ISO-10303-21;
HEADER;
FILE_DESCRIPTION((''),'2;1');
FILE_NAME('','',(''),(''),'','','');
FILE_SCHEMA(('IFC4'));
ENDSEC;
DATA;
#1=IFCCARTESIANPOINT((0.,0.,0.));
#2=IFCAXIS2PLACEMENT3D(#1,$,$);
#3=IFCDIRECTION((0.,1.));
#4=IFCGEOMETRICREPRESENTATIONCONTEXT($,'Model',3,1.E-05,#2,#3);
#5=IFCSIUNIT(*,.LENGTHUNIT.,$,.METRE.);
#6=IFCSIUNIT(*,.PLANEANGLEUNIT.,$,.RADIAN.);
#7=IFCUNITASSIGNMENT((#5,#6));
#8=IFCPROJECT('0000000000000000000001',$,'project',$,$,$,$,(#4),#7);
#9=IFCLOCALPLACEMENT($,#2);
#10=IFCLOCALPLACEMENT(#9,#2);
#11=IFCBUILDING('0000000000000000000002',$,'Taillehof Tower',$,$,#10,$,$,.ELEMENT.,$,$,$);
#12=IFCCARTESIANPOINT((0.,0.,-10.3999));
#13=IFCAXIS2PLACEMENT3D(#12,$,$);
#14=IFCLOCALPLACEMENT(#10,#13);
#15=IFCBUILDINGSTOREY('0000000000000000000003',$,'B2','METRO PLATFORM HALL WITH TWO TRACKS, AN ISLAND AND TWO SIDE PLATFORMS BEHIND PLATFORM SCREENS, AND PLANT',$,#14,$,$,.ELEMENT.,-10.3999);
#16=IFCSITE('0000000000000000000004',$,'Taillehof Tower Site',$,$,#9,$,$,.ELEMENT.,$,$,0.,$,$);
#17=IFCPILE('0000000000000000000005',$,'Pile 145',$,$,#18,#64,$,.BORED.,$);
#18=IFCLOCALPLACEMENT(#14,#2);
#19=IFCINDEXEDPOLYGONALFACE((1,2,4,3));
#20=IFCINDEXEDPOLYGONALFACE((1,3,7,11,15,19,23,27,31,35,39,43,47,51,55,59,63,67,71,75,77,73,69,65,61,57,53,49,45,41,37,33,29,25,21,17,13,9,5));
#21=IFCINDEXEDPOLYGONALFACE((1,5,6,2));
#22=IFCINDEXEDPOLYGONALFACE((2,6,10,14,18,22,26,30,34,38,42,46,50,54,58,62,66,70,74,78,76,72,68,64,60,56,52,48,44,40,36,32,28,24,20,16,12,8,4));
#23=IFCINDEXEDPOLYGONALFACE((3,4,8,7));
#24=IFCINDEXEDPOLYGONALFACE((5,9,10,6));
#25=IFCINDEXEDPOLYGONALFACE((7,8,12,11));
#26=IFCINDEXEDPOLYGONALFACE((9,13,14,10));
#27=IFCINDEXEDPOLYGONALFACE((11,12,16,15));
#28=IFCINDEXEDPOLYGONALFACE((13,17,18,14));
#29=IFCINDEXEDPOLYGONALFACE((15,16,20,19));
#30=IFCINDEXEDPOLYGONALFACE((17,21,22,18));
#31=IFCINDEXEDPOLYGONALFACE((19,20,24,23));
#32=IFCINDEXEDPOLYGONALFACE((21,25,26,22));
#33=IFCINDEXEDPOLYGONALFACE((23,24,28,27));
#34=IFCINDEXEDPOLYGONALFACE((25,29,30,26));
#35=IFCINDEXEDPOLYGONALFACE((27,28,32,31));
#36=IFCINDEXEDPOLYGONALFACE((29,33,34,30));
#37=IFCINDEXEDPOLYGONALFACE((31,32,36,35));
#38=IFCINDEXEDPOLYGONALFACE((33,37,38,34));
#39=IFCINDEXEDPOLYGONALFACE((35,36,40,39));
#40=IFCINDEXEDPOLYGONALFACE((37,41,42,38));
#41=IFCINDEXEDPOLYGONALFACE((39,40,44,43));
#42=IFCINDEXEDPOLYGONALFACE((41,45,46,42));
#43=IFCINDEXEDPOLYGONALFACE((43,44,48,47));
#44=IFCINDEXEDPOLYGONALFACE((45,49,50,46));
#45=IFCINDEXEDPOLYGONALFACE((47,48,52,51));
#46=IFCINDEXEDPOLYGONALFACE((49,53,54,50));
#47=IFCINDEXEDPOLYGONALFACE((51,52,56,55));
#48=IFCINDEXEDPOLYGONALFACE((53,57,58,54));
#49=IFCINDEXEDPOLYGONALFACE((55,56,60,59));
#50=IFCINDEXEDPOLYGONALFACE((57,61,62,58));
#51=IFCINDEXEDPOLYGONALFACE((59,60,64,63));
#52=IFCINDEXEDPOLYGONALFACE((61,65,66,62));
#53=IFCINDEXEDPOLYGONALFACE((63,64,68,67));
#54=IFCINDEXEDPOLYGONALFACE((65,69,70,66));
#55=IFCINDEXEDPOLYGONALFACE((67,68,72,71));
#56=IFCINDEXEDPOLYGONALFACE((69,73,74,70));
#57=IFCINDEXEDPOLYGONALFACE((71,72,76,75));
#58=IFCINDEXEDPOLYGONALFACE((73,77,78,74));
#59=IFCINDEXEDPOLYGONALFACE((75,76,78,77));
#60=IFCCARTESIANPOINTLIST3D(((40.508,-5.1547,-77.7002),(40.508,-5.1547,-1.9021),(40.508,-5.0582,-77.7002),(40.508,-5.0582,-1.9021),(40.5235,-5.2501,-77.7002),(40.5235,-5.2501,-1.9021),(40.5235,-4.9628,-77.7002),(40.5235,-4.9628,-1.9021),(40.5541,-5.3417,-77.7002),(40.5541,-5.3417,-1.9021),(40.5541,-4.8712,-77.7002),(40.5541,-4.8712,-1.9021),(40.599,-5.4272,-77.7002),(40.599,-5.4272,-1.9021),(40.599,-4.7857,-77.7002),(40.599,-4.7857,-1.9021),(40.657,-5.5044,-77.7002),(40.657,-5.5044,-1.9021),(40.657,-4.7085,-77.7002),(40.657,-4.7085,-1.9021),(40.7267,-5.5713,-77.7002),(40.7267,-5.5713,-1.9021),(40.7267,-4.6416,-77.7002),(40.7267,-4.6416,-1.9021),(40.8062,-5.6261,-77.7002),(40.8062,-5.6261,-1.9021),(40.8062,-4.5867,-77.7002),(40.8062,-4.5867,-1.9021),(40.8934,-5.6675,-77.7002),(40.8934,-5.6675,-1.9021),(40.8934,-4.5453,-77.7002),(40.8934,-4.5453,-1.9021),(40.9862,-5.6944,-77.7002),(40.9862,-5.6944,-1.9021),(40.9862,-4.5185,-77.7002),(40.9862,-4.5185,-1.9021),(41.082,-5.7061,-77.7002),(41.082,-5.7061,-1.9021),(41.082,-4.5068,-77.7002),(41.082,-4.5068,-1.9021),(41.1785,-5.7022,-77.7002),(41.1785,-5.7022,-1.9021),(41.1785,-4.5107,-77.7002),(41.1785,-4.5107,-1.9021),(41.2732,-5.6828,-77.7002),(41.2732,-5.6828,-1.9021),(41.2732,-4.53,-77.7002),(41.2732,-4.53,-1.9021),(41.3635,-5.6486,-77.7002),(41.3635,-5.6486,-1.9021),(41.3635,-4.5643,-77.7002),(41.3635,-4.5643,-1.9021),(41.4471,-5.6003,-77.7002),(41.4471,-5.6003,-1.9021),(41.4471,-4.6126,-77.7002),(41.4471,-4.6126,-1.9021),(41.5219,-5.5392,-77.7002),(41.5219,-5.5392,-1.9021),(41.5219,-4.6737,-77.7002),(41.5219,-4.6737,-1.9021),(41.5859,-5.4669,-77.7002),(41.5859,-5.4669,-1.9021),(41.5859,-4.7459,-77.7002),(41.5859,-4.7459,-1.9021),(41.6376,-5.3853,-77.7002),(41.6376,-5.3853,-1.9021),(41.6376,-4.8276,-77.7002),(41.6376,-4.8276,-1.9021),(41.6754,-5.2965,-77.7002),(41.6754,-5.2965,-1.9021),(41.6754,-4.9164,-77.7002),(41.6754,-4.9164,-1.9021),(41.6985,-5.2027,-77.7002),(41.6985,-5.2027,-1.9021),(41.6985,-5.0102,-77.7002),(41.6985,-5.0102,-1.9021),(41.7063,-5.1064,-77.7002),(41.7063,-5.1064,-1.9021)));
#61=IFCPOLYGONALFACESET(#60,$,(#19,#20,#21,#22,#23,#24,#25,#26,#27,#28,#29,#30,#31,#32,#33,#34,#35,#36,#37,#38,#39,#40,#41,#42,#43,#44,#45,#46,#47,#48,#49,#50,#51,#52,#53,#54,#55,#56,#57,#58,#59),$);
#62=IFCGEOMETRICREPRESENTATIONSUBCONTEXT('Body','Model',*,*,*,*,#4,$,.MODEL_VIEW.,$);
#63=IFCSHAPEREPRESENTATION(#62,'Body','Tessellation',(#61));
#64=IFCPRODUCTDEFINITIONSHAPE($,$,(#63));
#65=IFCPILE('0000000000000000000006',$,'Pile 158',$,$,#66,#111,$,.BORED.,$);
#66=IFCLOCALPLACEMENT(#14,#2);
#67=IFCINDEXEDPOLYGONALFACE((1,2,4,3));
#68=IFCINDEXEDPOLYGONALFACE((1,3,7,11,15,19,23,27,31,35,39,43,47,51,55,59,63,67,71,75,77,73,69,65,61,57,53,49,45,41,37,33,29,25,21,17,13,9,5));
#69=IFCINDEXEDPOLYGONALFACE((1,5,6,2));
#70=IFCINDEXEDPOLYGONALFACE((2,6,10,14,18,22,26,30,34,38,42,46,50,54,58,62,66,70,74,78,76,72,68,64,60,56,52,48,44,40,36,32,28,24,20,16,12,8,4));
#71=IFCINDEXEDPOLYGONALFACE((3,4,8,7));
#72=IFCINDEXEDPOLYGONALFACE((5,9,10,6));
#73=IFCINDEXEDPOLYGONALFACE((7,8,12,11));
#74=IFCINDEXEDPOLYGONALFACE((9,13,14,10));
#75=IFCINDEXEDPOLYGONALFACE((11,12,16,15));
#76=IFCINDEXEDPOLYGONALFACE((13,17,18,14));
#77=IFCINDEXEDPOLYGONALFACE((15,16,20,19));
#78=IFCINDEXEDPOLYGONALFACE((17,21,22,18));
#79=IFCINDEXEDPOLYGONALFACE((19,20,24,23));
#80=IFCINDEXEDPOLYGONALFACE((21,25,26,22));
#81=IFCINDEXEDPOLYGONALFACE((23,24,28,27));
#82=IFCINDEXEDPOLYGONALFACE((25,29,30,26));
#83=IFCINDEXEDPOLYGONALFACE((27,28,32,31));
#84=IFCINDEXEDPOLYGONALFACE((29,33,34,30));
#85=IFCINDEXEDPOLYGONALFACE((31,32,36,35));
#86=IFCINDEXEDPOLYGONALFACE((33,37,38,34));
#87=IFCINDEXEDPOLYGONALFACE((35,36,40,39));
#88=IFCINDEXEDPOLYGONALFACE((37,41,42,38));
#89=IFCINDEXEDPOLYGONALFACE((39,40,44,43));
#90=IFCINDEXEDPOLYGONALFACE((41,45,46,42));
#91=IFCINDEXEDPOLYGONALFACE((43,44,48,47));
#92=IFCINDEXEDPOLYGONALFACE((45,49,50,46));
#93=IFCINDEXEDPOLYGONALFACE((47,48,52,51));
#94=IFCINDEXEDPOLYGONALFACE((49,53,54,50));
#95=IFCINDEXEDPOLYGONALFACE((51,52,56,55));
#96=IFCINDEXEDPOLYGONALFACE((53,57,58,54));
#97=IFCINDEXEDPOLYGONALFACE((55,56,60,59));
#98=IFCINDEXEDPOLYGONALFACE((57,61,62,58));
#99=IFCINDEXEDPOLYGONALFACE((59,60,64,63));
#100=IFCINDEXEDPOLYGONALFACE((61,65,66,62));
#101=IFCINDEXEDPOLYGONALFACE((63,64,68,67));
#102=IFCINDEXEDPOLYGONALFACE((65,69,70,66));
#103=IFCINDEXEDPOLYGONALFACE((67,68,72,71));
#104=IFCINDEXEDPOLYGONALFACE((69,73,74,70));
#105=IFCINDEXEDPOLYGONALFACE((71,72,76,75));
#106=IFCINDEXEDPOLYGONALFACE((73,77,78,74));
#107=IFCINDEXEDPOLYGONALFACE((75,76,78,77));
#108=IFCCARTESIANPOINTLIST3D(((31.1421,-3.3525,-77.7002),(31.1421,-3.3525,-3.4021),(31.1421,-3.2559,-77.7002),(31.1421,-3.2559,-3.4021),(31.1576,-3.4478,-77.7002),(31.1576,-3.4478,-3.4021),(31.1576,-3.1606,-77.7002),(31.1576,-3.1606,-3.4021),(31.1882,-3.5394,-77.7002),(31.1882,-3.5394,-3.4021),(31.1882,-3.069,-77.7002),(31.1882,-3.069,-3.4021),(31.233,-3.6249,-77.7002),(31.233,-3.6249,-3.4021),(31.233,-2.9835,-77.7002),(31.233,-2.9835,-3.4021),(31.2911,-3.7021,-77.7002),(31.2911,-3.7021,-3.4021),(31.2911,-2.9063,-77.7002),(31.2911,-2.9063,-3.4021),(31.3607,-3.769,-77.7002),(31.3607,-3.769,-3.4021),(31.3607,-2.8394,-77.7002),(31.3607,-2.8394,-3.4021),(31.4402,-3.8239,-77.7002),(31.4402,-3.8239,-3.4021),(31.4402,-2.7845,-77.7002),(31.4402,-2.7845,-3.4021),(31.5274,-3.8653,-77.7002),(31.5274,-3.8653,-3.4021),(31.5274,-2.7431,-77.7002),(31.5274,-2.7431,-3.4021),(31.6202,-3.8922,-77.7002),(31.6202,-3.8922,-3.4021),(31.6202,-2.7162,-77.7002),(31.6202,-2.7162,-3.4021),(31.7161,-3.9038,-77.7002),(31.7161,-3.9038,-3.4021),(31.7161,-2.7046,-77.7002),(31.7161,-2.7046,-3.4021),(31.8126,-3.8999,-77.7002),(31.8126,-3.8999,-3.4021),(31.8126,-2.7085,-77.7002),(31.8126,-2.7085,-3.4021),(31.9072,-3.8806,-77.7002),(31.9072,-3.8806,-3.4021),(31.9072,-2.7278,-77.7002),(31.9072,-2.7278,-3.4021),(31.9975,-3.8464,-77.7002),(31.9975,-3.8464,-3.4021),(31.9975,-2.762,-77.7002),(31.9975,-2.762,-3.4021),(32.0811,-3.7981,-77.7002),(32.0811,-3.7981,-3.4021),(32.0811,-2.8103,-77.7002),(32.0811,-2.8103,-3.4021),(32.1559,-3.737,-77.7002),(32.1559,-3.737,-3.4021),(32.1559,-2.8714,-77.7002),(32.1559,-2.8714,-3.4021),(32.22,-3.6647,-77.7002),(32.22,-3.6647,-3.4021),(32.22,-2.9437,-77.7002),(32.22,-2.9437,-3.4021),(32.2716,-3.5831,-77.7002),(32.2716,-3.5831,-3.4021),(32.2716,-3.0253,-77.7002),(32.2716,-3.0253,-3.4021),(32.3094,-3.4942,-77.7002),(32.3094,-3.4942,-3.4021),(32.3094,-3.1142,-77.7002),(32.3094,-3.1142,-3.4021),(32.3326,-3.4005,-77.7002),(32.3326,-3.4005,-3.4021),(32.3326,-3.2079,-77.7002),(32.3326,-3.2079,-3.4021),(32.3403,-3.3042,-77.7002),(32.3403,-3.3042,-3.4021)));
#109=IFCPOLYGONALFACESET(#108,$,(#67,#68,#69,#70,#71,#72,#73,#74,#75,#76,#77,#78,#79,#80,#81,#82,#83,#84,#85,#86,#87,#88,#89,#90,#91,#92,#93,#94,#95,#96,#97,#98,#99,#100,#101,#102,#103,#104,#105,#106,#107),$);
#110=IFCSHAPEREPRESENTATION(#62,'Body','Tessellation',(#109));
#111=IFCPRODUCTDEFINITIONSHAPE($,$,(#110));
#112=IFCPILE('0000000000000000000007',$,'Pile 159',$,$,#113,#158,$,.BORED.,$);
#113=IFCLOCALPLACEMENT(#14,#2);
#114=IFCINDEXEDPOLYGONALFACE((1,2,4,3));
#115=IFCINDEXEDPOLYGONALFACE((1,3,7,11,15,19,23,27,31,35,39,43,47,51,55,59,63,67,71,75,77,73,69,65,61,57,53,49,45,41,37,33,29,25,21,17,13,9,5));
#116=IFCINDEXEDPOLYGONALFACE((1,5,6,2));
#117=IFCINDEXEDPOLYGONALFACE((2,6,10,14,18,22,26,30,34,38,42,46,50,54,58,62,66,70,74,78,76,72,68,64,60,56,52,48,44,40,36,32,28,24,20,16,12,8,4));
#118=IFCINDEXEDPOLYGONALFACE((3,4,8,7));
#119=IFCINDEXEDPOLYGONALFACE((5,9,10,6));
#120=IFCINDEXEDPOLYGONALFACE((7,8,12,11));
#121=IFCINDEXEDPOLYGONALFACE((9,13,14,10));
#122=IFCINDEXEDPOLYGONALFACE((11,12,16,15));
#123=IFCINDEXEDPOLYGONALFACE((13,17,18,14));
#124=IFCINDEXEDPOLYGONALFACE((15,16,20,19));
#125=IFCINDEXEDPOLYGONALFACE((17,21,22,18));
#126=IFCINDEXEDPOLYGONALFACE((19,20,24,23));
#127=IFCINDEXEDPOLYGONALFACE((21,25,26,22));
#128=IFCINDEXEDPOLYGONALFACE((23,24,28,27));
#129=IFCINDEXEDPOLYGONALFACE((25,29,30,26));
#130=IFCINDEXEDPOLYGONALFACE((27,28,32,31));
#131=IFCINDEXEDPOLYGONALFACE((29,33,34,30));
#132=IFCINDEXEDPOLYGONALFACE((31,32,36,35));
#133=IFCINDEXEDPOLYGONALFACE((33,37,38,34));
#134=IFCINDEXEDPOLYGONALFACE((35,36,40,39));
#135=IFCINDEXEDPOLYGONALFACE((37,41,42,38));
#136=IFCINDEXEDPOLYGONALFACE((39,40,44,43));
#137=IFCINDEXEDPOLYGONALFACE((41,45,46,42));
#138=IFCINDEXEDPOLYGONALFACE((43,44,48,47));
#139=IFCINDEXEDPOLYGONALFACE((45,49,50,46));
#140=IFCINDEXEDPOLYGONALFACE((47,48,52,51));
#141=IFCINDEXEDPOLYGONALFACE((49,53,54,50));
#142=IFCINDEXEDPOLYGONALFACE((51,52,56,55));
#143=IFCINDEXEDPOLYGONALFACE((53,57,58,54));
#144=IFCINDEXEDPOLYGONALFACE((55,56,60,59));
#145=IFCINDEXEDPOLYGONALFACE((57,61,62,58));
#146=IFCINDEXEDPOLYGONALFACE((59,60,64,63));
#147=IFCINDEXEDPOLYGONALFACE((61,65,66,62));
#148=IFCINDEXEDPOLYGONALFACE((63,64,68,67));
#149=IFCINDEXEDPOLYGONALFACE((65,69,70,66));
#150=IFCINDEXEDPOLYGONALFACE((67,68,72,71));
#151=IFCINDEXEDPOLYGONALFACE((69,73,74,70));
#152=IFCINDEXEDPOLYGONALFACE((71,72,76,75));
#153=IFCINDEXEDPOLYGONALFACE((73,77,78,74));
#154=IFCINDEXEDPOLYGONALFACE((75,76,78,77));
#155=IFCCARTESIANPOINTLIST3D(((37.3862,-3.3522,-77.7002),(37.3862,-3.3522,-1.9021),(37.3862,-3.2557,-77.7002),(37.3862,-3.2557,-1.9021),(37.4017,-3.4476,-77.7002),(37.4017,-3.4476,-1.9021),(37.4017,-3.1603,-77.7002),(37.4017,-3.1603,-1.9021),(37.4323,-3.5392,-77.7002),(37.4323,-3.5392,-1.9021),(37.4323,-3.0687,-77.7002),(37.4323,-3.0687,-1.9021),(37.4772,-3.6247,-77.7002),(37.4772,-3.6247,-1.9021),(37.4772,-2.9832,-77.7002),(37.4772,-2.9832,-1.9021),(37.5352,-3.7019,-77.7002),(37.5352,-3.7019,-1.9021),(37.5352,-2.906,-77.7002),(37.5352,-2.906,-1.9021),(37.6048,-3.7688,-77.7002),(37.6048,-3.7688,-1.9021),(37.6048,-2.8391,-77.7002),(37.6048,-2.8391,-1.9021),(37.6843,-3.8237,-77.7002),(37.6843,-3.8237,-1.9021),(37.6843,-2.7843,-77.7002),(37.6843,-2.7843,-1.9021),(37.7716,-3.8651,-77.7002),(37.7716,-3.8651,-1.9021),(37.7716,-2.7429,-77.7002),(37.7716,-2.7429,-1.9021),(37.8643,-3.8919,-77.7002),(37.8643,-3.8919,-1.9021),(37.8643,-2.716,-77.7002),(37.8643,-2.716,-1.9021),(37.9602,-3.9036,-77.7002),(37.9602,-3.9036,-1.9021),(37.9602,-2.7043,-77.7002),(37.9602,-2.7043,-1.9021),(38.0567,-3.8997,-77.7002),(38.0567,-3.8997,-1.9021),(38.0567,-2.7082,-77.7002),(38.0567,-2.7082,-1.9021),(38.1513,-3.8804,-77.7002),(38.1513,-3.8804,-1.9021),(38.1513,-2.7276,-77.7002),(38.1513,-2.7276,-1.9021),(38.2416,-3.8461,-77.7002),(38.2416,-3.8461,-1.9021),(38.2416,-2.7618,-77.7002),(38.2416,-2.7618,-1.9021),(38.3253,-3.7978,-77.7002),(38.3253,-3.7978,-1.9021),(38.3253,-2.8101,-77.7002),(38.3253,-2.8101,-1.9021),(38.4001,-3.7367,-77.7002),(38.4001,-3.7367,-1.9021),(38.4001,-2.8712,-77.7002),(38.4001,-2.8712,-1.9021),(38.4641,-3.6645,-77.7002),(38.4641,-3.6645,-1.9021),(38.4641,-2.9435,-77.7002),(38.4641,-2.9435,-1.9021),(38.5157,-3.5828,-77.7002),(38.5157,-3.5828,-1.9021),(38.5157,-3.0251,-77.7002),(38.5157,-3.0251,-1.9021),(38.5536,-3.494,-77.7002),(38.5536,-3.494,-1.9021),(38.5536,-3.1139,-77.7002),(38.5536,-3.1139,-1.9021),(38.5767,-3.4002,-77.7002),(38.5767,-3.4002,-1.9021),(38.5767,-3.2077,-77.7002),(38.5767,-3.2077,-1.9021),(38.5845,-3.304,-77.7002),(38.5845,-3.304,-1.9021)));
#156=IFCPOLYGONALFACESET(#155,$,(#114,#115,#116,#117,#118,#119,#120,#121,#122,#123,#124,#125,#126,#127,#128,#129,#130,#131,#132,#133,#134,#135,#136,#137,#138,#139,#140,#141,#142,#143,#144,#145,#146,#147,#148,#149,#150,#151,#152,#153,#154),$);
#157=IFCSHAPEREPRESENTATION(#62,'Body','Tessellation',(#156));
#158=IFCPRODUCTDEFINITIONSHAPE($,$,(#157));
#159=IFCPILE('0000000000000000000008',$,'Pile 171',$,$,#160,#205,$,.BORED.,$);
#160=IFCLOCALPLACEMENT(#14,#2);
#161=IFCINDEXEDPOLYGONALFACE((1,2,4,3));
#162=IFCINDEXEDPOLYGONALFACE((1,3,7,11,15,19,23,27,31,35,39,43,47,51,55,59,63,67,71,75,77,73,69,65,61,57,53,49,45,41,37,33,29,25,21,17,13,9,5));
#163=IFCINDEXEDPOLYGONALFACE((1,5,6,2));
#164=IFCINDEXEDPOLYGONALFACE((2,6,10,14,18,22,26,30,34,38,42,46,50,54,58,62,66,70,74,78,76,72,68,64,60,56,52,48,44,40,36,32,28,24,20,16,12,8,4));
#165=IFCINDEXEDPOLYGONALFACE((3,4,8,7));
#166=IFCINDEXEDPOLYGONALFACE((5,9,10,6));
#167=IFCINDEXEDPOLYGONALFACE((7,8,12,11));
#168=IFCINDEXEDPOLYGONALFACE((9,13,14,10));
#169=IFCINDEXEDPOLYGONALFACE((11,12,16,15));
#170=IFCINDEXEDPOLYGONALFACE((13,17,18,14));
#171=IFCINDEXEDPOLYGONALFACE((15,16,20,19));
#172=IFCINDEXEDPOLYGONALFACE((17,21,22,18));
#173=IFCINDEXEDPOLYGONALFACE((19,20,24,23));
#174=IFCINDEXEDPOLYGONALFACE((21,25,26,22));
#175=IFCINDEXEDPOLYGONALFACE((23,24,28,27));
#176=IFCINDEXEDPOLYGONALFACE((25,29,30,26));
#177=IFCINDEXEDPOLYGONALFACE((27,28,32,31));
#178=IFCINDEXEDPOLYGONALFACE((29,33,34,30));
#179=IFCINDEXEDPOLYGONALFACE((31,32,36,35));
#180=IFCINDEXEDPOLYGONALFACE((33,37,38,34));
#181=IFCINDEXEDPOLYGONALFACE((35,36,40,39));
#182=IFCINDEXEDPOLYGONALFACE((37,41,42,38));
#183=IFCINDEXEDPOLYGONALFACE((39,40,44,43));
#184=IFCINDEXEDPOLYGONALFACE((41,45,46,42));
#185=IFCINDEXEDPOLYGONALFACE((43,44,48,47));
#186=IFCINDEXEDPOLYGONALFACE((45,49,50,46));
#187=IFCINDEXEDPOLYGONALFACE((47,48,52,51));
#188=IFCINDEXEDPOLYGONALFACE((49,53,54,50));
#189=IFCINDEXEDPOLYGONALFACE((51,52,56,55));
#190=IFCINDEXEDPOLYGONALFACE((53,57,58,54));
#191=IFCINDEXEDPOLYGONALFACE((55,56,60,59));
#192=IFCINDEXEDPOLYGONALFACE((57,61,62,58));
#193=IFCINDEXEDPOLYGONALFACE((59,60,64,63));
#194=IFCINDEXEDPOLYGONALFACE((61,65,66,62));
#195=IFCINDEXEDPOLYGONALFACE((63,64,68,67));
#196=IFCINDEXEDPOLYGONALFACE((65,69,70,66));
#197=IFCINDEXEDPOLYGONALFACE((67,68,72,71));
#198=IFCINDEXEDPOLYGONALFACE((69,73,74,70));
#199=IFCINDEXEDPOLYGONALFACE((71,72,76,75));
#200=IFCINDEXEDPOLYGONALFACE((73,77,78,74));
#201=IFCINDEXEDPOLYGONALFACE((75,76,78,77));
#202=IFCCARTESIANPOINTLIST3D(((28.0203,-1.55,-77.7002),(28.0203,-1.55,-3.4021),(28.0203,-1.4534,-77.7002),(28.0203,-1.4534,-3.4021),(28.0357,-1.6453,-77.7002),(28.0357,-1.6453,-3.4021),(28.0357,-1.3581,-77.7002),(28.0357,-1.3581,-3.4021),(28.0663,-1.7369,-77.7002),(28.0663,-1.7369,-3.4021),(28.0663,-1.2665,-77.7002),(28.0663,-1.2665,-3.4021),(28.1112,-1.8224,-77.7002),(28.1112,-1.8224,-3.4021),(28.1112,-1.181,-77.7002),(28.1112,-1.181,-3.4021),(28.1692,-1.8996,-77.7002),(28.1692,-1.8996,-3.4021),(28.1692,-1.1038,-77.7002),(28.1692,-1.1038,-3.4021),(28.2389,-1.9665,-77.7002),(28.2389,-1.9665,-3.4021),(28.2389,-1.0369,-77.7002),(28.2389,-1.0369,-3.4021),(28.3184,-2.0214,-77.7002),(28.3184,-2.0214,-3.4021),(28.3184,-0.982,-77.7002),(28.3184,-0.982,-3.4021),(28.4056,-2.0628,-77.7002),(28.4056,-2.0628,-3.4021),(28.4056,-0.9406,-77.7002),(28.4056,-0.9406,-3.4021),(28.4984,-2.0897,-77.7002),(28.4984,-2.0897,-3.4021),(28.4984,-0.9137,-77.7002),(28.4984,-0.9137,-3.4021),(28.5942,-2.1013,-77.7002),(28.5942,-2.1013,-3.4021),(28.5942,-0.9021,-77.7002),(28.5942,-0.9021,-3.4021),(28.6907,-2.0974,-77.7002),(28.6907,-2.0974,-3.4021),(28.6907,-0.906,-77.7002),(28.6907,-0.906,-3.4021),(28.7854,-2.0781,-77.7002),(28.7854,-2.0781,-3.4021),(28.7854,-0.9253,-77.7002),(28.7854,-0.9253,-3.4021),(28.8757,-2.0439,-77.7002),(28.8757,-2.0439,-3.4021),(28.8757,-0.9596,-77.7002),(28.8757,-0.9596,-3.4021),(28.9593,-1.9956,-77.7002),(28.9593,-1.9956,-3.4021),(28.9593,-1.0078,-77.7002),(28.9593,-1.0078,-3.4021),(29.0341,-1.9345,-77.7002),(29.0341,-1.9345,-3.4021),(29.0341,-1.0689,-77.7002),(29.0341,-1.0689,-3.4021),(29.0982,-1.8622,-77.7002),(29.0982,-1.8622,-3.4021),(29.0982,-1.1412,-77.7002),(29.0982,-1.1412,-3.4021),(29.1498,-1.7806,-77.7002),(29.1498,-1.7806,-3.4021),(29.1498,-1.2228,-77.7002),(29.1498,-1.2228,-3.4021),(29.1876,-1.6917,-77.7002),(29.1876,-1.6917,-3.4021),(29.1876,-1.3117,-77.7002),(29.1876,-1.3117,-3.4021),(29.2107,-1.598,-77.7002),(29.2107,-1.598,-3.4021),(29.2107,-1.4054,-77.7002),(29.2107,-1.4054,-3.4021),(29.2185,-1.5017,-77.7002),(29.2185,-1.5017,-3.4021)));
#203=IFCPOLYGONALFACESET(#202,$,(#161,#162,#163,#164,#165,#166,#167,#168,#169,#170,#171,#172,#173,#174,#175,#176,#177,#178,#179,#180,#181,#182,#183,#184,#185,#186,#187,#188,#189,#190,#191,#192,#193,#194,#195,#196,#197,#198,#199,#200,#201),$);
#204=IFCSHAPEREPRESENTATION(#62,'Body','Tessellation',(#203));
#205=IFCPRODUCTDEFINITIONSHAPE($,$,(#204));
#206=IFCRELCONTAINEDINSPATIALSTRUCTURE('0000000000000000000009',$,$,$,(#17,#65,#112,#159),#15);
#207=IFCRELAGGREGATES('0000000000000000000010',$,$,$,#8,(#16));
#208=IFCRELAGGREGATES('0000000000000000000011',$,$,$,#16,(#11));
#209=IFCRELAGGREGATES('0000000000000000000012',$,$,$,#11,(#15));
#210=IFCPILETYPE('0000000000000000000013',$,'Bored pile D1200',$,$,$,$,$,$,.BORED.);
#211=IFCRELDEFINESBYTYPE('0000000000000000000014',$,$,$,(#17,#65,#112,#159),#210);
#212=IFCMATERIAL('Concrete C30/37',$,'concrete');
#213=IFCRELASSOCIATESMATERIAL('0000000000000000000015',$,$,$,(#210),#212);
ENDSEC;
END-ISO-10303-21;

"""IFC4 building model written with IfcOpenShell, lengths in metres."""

from ifc_helpers import new_model, si_unit, direction, frame, origin, origin_2d, place, context, subcontext, project, spatial, circle, extrude, material, material_profile, profile_set, type_object, element, save


model = new_model("IFC4")

# Units and contexts
model_context = context("Model", 3, precision=1e-05, world=origin(), true_north=direction((0.0, 1.0)))
body_context = subcontext(model_context, "Body", "Model", "MODEL_VIEW")
ifc_project = project(units=[si_unit("LENGTHUNIT", "METRE"), si_unit("PLANEANGLEUNIT", "RADIAN")], contexts=[model_context])

# Site, building, storey
site_placement = place(None, origin())
site = spatial("IfcSite", under=ifc_project, at=site_placement, Name="Taillehof Tower Site", CompositionType="ELEMENT", RefElevation=0.0)
building_placement = place(site_placement, origin())
building = spatial("IfcBuilding", under=site, at=building_placement, Name="Taillehof Tower", CompositionType="ELEMENT")
storey_placement = place(building_placement, frame((0.0, 0.0, -10.3999)))
storey = spatial("IfcBuildingStorey", under=building, at=storey_placement, Name="B2", Description="METRO PLATFORM HALL WITH TWO TRACKS, AN ISLAND AND TWO SIDE PLATFORMS BEHIND PLATFORM SCREENS, AND PLANT", CompositionType="ELEMENT", Elevation=-10.3999)

# Piles
ifc_material_1 = material(Name="Concrete C30/37", Category="concrete")
ifc_material_profile_1 = material_profile(ifc_material_1, circle(Radius=0.6001, at=origin_2d()), Name="BP D1200")
ifc_profile_set_1 = profile_set([ifc_material_profile_1], Name="Concrete C30/37")
pile_type = type_object("IfcPileType", Name="Bored pile D1200", PredefinedType="BORED", material=ifc_profile_set_1)
for number, where, z_axis, x_axis, name in (
    (1, (41.1062, -5.1064, -1.9021), (0.0, 0.0, -1.0), (1.0, 0.0, 0.0), "Pile 145"),
):
    element("IfcPile", number, at=place(storey_placement, frame(where, z_axis=z_axis, x_axis=x_axis)), inside=storey, type_object=pile_type, Name=name, PredefinedType="BORED", context=body_context, shape_type="SweptSolid", body=[
        extrude(circle(Radius=0.6001, at=origin_2d()), origin(), (0.0, 0.0, 1.0), 75.7981),
    ])
pile_1_placement = place(storey_placement, frame((31.7402, -3.3042, -3.4021), z_axis=(0.0, 0.0, -1.0), x_axis=(1.0, 0.0, 0.0)))
element("IfcPile", 2, at=pile_1_placement, inside=storey, type_object=pile_type, Name="Pile 158", PredefinedType="BORED", context=body_context, shape_type="SweptSolid", body=[
    extrude(circle(Radius=0.6001, at=origin_2d()), origin(), (0.0, 0.0, 1.0), 74.2981),
])
pile_2_placement = place(storey_placement, frame((37.9844, -3.304, -1.9021), z_axis=(0.0, 0.0, -1.0), x_axis=(1.0, 0.0, 0.0)))
element("IfcPile", 3, at=pile_2_placement, inside=storey, type_object=pile_type, Name="Pile 159", PredefinedType="BORED", context=body_context, shape_type="SweptSolid", body=[
    extrude(circle(Radius=0.6001, at=origin_2d()), origin(), (0.0, 0.0, 1.0), 75.7981),
])
pile_3_placement = place(storey_placement, frame((28.6184, -1.5017, -3.4021), z_axis=(0.0, 0.0, -1.0), x_axis=(1.0, 0.0, 0.0)))
element("IfcPile", 4, at=pile_3_placement, inside=storey, type_object=pile_type, Name="Pile 171", PredefinedType="BORED", context=body_context, shape_type="SweptSolid", body=[
    extrude(circle(Radius=0.6001, at=origin_2d()), origin(), (0.0, 0.0, 1.0), 74.2981),
])

save(model, "model.ifc")
